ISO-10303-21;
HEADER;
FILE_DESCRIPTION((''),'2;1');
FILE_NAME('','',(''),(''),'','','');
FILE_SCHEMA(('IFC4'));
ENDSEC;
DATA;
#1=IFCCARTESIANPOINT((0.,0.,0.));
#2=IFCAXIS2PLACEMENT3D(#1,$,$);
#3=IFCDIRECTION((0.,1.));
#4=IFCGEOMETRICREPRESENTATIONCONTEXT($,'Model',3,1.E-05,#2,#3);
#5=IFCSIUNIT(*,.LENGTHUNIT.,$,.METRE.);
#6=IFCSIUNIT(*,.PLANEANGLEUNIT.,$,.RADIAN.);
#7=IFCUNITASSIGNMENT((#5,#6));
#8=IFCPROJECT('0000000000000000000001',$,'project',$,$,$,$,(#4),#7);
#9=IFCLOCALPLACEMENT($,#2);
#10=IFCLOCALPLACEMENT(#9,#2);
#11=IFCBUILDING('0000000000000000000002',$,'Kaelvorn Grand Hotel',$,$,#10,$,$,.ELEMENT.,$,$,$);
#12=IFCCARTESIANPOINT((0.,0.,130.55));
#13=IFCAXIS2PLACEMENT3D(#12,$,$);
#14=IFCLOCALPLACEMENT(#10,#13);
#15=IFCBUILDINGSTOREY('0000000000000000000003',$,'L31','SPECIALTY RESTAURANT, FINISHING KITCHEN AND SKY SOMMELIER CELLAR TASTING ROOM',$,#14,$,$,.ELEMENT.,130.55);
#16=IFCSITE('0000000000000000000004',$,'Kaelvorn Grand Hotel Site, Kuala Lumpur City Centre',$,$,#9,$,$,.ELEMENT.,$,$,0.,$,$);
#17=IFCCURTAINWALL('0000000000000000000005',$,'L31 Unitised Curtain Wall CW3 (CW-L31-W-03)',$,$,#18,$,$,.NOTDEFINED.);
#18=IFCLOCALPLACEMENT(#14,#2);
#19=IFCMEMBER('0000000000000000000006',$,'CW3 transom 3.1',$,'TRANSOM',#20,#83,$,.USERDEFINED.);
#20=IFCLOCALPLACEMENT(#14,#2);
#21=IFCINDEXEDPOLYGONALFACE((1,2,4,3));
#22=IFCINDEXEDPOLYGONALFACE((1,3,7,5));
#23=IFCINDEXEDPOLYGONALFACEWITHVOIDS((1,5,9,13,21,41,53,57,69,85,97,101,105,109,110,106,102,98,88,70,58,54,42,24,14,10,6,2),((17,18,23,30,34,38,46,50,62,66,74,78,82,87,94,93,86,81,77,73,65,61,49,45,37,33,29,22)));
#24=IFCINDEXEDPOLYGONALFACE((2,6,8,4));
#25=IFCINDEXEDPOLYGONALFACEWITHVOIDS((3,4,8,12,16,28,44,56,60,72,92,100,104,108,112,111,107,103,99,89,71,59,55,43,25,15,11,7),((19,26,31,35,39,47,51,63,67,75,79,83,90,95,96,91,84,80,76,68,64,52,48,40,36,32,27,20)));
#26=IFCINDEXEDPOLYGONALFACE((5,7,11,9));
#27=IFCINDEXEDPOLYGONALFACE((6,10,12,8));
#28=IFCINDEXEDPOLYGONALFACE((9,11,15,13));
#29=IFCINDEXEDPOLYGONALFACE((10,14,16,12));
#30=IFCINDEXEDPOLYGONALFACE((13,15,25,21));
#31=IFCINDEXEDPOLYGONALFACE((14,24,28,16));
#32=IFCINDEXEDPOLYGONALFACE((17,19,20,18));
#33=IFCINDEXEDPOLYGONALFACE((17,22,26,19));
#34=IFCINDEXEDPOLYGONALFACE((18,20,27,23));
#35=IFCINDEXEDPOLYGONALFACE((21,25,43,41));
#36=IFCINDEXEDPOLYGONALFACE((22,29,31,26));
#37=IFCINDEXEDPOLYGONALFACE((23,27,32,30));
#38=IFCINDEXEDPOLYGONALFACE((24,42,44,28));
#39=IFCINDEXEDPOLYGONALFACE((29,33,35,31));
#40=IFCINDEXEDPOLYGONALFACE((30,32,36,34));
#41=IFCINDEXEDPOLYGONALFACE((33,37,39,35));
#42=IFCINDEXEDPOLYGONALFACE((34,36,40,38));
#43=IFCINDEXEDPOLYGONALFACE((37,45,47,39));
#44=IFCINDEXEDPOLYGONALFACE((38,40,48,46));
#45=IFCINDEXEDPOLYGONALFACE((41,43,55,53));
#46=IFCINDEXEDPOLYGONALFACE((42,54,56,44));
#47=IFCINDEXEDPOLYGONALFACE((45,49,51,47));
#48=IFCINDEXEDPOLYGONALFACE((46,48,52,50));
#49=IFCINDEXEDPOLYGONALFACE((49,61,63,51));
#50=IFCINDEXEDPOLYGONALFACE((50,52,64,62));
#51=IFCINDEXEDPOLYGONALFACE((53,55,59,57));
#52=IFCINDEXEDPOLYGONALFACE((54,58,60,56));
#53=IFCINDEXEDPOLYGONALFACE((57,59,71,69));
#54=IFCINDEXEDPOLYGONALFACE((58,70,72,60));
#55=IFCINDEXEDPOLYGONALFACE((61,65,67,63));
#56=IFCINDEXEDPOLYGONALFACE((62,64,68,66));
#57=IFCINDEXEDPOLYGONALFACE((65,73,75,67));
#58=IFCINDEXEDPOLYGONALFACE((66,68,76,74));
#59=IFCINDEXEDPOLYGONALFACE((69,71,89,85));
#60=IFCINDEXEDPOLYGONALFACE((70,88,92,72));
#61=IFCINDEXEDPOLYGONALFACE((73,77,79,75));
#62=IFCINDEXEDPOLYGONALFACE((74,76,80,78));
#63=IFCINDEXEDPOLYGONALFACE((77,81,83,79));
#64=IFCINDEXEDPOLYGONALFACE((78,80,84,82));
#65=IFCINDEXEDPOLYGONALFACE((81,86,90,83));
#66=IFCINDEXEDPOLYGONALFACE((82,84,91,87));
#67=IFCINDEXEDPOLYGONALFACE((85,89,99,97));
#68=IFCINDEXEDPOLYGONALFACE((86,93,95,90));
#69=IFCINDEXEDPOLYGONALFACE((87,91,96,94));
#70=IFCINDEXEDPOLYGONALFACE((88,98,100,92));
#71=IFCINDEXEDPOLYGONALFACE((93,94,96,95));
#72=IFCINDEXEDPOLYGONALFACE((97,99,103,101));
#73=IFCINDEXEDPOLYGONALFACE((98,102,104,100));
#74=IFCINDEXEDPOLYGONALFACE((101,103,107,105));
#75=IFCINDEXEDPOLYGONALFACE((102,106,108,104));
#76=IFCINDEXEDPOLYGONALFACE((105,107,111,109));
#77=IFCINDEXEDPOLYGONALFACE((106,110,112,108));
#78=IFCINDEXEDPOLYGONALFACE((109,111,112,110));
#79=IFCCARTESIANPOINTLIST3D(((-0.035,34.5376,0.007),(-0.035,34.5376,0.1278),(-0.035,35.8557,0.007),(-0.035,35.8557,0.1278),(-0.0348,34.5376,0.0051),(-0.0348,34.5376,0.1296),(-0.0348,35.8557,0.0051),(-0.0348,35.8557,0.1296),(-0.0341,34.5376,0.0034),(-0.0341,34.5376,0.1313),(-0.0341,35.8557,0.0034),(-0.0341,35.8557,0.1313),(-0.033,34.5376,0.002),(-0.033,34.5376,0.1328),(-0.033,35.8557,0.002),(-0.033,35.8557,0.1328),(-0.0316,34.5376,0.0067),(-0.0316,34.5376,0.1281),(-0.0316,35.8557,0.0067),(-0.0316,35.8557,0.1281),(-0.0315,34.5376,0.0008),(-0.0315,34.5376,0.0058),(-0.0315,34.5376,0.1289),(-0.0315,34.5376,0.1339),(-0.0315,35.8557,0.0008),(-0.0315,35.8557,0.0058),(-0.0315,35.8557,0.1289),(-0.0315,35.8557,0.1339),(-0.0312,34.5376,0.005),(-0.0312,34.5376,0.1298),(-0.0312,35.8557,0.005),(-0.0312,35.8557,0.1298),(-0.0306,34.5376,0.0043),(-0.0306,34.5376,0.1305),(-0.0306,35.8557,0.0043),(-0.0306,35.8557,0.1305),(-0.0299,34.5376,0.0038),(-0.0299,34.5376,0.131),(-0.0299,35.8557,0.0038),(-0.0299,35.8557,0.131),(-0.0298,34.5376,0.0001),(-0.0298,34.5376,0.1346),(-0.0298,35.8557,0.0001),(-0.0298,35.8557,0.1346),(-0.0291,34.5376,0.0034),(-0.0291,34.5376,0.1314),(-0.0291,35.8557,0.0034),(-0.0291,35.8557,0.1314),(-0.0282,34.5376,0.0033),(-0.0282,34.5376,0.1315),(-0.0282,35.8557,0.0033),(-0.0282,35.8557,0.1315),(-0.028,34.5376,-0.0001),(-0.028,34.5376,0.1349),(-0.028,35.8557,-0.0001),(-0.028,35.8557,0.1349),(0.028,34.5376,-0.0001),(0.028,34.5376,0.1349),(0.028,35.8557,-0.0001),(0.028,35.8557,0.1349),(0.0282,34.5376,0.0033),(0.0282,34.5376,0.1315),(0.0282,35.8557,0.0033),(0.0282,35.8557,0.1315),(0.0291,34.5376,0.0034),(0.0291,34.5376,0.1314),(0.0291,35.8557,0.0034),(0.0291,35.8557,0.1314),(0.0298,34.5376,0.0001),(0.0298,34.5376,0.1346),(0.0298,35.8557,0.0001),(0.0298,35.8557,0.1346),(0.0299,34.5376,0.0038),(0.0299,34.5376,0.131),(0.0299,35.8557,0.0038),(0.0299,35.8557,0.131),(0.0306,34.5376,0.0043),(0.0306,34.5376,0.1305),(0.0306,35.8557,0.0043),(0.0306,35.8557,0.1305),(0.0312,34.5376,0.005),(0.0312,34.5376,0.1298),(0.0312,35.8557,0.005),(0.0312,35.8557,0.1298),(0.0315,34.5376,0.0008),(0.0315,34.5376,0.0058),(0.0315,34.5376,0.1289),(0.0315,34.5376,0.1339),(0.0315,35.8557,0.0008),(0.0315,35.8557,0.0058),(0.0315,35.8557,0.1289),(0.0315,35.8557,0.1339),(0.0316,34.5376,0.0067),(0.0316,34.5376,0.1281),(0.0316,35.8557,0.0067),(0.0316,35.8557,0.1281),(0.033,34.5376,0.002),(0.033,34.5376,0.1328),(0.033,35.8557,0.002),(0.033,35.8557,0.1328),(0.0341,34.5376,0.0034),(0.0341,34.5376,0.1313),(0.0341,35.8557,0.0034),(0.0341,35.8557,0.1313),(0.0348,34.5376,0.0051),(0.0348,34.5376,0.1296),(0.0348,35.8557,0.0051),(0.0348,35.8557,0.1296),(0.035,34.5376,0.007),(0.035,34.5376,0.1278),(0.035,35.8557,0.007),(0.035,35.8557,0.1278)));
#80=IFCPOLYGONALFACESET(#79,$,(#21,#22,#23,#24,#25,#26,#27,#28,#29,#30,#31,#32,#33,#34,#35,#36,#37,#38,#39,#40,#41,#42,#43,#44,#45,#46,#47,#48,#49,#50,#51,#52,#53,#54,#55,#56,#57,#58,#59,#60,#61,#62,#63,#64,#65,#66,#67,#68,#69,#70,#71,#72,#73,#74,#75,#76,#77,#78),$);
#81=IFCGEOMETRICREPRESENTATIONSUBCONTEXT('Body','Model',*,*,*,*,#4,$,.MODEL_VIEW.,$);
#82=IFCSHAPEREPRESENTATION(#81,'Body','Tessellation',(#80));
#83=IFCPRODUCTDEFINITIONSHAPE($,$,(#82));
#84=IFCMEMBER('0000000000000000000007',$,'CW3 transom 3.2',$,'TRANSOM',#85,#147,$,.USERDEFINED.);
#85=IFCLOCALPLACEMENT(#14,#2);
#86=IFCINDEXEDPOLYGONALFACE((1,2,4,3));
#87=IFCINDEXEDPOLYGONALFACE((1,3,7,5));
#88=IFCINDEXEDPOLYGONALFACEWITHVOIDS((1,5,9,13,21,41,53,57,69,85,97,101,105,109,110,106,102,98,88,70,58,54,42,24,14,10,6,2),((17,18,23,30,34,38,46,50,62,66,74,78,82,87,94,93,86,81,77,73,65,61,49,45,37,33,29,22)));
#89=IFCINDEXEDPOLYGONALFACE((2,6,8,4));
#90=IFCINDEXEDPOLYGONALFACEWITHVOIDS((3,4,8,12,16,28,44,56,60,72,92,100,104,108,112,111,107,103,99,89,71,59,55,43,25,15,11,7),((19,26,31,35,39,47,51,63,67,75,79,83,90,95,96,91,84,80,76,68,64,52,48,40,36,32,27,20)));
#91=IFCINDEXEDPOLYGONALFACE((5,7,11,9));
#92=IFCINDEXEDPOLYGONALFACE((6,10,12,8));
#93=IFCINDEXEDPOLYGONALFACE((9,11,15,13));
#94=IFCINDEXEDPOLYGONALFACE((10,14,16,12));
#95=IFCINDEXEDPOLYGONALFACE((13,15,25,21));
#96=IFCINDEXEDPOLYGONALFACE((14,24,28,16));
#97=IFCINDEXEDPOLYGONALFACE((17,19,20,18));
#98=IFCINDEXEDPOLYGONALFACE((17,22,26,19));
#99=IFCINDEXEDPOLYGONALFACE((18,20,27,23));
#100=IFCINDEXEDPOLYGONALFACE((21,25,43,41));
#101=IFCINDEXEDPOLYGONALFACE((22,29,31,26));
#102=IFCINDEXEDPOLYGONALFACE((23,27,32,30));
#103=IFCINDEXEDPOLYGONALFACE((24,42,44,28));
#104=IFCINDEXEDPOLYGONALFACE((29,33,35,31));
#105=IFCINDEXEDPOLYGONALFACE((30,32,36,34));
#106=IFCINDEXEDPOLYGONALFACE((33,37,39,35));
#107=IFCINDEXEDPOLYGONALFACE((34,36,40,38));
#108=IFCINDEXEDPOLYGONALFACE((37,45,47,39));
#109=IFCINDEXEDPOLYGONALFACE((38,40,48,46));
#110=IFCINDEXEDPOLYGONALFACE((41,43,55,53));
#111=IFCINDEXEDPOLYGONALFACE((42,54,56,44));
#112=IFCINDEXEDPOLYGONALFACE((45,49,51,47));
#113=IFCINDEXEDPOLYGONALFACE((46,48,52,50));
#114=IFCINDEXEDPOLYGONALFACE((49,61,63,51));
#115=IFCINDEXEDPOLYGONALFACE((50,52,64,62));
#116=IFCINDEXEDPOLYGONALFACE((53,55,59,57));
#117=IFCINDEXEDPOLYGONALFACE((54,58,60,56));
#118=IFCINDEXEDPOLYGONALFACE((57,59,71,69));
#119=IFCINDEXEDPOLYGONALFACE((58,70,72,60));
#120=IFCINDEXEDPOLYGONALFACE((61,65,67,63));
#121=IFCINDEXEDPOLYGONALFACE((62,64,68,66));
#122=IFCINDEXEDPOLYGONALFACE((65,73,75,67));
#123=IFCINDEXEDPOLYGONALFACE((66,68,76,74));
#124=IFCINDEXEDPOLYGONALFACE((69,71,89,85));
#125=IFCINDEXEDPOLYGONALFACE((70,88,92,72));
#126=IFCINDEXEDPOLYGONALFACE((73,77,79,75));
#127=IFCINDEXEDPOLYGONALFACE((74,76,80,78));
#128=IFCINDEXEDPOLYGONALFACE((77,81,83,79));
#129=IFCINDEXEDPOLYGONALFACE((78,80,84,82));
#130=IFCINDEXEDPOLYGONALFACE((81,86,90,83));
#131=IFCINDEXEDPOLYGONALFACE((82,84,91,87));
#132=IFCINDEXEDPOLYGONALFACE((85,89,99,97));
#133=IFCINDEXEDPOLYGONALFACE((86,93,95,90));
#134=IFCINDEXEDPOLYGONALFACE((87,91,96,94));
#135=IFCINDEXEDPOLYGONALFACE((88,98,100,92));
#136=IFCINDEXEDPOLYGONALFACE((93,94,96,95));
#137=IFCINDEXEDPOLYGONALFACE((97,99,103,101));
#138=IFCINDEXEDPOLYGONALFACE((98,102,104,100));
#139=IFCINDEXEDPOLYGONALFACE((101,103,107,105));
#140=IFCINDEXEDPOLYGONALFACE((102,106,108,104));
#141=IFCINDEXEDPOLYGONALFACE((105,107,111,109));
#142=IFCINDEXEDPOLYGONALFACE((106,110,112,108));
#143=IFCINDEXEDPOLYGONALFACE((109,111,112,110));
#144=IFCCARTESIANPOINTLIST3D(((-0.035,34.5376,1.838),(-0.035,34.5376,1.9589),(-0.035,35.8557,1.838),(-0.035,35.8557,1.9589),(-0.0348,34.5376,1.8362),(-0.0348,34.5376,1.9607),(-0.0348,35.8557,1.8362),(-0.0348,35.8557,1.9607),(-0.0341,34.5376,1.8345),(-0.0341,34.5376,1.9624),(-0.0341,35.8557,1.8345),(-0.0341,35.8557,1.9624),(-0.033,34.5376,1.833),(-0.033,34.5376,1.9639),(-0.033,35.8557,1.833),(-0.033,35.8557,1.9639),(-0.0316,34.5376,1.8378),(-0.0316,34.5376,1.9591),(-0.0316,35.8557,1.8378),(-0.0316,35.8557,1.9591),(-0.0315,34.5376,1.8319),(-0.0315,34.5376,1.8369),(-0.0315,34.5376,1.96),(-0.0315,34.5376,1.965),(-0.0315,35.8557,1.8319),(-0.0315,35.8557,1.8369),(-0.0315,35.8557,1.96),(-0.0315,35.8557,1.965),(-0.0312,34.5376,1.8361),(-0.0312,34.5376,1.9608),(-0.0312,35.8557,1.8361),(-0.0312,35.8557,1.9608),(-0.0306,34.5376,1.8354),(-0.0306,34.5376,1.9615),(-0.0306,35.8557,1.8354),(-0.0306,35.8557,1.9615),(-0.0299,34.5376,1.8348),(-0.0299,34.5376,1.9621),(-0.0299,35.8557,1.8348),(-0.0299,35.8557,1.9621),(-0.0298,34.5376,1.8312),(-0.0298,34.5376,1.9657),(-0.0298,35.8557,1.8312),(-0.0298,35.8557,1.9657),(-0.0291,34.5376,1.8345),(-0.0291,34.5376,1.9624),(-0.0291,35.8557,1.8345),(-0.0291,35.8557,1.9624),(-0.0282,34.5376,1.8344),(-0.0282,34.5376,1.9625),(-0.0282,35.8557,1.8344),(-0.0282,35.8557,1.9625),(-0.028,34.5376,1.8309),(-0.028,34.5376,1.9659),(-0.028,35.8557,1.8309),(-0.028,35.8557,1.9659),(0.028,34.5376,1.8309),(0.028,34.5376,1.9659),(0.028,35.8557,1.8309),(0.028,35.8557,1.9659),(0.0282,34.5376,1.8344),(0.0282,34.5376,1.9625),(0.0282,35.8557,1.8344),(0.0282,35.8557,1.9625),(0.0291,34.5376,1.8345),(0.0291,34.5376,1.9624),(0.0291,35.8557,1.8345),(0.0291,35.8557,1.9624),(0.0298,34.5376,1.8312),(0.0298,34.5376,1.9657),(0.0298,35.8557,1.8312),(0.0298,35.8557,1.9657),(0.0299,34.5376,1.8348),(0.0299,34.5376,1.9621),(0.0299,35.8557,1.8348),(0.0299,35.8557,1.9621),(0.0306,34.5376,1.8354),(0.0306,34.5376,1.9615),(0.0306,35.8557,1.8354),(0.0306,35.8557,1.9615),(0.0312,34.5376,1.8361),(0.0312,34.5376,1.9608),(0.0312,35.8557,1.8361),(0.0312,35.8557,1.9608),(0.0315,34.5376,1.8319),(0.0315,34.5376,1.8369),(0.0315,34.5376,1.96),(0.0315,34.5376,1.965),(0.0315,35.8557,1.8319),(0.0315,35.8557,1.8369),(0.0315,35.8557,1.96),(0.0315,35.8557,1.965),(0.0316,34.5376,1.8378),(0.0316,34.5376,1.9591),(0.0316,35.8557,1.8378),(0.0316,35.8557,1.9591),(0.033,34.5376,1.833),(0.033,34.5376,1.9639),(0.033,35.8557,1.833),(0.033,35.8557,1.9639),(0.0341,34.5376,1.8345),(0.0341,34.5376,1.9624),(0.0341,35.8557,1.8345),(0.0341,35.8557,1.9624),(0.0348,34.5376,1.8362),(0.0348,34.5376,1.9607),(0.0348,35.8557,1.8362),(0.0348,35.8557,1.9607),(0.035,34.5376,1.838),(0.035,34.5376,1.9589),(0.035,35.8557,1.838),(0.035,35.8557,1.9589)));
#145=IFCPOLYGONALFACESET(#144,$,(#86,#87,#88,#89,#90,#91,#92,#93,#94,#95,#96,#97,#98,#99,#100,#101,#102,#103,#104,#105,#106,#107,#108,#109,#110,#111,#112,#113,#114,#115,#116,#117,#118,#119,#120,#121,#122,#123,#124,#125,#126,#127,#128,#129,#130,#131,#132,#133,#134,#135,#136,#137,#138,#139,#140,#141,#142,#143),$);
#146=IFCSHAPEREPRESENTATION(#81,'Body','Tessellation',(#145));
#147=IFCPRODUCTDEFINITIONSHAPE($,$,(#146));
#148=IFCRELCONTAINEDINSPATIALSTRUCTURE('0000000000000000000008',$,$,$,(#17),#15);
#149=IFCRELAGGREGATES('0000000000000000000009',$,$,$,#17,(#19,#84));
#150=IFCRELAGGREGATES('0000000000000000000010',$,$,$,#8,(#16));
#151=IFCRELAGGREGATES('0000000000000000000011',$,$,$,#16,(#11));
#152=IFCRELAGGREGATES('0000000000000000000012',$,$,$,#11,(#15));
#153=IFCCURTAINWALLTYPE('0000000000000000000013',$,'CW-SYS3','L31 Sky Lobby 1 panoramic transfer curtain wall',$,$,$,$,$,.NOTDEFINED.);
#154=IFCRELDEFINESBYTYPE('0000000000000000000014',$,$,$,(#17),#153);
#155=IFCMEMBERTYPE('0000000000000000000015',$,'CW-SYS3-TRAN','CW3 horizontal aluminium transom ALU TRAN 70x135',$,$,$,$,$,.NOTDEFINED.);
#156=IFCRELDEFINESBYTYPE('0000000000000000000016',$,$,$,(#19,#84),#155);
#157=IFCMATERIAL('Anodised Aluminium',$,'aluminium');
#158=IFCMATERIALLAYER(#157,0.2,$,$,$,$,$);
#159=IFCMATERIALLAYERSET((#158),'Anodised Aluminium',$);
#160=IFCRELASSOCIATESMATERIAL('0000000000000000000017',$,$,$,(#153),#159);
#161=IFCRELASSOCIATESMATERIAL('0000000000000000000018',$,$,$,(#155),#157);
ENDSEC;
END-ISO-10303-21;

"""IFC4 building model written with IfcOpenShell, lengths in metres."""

from ifc_helpers import new_model, si_unit, direction, frame, origin, origin_2d, place, context, subcontext, project, spatial, hollow_rectangle, extrude, material, layer, layer_set, material_profile, profile_set, type_object, element, aggregate, save


model = new_model("IFC4")

# Units and contexts
model_context = context("Model", 3, precision=1e-05, world=origin(), true_north=direction((0.0, 1.0)))
body_context = subcontext(model_context, "Body", "Model", "MODEL_VIEW")
ifc_project = project(units=[si_unit("LENGTHUNIT", "METRE"), si_unit("PLANEANGLEUNIT", "RADIAN")], contexts=[model_context])

# Site, building, storey
site_placement = place(None, origin())
site = spatial("IfcSite", under=ifc_project, at=site_placement, Name="Kaelvorn Grand Hotel Site, Kuala Lumpur City Centre", CompositionType="ELEMENT", RefElevation=0.0)
building_placement = place(site_placement, origin())
building = spatial("IfcBuilding", under=site, at=building_placement, Name="Kaelvorn Grand Hotel", CompositionType="ELEMENT")
storey_placement = place(building_placement, frame((0.0, 0.0, 130.55)))
storey = spatial("IfcBuildingStorey", under=building, at=storey_placement, Name="L31", Description="SPECIALTY RESTAURANT, FINISHING KITCHEN AND SKY SOMMELIER CELLAR TASTING ROOM", CompositionType="ELEMENT", Elevation=130.55)

# Curtain wall, members
ifc_material_1 = material(Name="Anodised Aluminium", Category="aluminium")
ifc_layer_1 = layer(ifc_material_1, 0.2)
ifc_layer_set_1 = layer_set([ifc_layer_1], Name="Anodised Aluminium")
curtain_wall_type = type_object("IfcCurtainWallType", Name="CW-SYS3", Description="L31 Sky Lobby 1 panoramic transfer curtain wall", PredefinedType="NOTDEFINED", material=ifc_layer_set_1)
curtain_wall_placement = place(storey_placement, origin())
curtain_wall = element("IfcCurtainWall", 1, at=curtain_wall_placement, inside=storey, type_object=curtain_wall_type, Name="L31 Unitised Curtain Wall CW3 (CW-L31-W-03)", PredefinedType="NOTDEFINED")
ifc_material_profile_1 = material_profile(ifc_material_1, hollow_rectangle(XDim=0.0701, YDim=0.135, WallThickness=0.0034, InnerFilletRadius=0.0034, OuterFilletRadius=0.0071, at=origin_2d()), Name="ALU TRAN 70x135")
ifc_profile_set_1 = profile_set([ifc_material_profile_1], Name="Anodised Aluminium")
member_type_1 = type_object("IfcMemberType", Name="CW-SYS3-TRAN", Description="CW3 horizontal aluminium transom ALU TRAN 70x135", PredefinedType="NOTDEFINED", material=ifc_profile_set_1)
member_1_placement = place(storey_placement, frame((0.0, 35.8557, 0.0674), z_axis=(0.0, -1.0, 0.0), x_axis=(1.0, 0.0, 0.0)))
member_1 = element("IfcMember", 2, at=member_1_placement, type_object=member_type_1, Name="CW3 transom 3.1", ObjectType="TRANSOM", PredefinedType="USERDEFINED", context=body_context, shape_type="SweptSolid", body=[
    extrude(hollow_rectangle(XDim=0.0701, YDim=0.135, WallThickness=0.0034, InnerFilletRadius=0.0034, OuterFilletRadius=0.0071, at=origin_2d()), origin(), (0.0, 0.0, 1.0), 1.3181),
])
member_2_placement = place(storey_placement, frame((0.0, 35.8557, 1.8984), z_axis=(0.0, -1.0, 0.0), x_axis=(1.0, 0.0, 0.0)))
member_2 = element("IfcMember", 3, at=member_2_placement, type_object=member_type_1, Name="CW3 transom 3.2", ObjectType="TRANSOM", PredefinedType="USERDEFINED", context=body_context, shape_type="SweptSolid", body=[
    extrude(hollow_rectangle(XDim=0.0701, YDim=0.135, WallThickness=0.0034, InnerFilletRadius=0.0034, OuterFilletRadius=0.0071, at=origin_2d()), origin(), (0.0, 0.0, 1.0), 1.3181),
])
aggregate(curtain_wall, [member_1, member_2])

save(model, "model.ifc")
